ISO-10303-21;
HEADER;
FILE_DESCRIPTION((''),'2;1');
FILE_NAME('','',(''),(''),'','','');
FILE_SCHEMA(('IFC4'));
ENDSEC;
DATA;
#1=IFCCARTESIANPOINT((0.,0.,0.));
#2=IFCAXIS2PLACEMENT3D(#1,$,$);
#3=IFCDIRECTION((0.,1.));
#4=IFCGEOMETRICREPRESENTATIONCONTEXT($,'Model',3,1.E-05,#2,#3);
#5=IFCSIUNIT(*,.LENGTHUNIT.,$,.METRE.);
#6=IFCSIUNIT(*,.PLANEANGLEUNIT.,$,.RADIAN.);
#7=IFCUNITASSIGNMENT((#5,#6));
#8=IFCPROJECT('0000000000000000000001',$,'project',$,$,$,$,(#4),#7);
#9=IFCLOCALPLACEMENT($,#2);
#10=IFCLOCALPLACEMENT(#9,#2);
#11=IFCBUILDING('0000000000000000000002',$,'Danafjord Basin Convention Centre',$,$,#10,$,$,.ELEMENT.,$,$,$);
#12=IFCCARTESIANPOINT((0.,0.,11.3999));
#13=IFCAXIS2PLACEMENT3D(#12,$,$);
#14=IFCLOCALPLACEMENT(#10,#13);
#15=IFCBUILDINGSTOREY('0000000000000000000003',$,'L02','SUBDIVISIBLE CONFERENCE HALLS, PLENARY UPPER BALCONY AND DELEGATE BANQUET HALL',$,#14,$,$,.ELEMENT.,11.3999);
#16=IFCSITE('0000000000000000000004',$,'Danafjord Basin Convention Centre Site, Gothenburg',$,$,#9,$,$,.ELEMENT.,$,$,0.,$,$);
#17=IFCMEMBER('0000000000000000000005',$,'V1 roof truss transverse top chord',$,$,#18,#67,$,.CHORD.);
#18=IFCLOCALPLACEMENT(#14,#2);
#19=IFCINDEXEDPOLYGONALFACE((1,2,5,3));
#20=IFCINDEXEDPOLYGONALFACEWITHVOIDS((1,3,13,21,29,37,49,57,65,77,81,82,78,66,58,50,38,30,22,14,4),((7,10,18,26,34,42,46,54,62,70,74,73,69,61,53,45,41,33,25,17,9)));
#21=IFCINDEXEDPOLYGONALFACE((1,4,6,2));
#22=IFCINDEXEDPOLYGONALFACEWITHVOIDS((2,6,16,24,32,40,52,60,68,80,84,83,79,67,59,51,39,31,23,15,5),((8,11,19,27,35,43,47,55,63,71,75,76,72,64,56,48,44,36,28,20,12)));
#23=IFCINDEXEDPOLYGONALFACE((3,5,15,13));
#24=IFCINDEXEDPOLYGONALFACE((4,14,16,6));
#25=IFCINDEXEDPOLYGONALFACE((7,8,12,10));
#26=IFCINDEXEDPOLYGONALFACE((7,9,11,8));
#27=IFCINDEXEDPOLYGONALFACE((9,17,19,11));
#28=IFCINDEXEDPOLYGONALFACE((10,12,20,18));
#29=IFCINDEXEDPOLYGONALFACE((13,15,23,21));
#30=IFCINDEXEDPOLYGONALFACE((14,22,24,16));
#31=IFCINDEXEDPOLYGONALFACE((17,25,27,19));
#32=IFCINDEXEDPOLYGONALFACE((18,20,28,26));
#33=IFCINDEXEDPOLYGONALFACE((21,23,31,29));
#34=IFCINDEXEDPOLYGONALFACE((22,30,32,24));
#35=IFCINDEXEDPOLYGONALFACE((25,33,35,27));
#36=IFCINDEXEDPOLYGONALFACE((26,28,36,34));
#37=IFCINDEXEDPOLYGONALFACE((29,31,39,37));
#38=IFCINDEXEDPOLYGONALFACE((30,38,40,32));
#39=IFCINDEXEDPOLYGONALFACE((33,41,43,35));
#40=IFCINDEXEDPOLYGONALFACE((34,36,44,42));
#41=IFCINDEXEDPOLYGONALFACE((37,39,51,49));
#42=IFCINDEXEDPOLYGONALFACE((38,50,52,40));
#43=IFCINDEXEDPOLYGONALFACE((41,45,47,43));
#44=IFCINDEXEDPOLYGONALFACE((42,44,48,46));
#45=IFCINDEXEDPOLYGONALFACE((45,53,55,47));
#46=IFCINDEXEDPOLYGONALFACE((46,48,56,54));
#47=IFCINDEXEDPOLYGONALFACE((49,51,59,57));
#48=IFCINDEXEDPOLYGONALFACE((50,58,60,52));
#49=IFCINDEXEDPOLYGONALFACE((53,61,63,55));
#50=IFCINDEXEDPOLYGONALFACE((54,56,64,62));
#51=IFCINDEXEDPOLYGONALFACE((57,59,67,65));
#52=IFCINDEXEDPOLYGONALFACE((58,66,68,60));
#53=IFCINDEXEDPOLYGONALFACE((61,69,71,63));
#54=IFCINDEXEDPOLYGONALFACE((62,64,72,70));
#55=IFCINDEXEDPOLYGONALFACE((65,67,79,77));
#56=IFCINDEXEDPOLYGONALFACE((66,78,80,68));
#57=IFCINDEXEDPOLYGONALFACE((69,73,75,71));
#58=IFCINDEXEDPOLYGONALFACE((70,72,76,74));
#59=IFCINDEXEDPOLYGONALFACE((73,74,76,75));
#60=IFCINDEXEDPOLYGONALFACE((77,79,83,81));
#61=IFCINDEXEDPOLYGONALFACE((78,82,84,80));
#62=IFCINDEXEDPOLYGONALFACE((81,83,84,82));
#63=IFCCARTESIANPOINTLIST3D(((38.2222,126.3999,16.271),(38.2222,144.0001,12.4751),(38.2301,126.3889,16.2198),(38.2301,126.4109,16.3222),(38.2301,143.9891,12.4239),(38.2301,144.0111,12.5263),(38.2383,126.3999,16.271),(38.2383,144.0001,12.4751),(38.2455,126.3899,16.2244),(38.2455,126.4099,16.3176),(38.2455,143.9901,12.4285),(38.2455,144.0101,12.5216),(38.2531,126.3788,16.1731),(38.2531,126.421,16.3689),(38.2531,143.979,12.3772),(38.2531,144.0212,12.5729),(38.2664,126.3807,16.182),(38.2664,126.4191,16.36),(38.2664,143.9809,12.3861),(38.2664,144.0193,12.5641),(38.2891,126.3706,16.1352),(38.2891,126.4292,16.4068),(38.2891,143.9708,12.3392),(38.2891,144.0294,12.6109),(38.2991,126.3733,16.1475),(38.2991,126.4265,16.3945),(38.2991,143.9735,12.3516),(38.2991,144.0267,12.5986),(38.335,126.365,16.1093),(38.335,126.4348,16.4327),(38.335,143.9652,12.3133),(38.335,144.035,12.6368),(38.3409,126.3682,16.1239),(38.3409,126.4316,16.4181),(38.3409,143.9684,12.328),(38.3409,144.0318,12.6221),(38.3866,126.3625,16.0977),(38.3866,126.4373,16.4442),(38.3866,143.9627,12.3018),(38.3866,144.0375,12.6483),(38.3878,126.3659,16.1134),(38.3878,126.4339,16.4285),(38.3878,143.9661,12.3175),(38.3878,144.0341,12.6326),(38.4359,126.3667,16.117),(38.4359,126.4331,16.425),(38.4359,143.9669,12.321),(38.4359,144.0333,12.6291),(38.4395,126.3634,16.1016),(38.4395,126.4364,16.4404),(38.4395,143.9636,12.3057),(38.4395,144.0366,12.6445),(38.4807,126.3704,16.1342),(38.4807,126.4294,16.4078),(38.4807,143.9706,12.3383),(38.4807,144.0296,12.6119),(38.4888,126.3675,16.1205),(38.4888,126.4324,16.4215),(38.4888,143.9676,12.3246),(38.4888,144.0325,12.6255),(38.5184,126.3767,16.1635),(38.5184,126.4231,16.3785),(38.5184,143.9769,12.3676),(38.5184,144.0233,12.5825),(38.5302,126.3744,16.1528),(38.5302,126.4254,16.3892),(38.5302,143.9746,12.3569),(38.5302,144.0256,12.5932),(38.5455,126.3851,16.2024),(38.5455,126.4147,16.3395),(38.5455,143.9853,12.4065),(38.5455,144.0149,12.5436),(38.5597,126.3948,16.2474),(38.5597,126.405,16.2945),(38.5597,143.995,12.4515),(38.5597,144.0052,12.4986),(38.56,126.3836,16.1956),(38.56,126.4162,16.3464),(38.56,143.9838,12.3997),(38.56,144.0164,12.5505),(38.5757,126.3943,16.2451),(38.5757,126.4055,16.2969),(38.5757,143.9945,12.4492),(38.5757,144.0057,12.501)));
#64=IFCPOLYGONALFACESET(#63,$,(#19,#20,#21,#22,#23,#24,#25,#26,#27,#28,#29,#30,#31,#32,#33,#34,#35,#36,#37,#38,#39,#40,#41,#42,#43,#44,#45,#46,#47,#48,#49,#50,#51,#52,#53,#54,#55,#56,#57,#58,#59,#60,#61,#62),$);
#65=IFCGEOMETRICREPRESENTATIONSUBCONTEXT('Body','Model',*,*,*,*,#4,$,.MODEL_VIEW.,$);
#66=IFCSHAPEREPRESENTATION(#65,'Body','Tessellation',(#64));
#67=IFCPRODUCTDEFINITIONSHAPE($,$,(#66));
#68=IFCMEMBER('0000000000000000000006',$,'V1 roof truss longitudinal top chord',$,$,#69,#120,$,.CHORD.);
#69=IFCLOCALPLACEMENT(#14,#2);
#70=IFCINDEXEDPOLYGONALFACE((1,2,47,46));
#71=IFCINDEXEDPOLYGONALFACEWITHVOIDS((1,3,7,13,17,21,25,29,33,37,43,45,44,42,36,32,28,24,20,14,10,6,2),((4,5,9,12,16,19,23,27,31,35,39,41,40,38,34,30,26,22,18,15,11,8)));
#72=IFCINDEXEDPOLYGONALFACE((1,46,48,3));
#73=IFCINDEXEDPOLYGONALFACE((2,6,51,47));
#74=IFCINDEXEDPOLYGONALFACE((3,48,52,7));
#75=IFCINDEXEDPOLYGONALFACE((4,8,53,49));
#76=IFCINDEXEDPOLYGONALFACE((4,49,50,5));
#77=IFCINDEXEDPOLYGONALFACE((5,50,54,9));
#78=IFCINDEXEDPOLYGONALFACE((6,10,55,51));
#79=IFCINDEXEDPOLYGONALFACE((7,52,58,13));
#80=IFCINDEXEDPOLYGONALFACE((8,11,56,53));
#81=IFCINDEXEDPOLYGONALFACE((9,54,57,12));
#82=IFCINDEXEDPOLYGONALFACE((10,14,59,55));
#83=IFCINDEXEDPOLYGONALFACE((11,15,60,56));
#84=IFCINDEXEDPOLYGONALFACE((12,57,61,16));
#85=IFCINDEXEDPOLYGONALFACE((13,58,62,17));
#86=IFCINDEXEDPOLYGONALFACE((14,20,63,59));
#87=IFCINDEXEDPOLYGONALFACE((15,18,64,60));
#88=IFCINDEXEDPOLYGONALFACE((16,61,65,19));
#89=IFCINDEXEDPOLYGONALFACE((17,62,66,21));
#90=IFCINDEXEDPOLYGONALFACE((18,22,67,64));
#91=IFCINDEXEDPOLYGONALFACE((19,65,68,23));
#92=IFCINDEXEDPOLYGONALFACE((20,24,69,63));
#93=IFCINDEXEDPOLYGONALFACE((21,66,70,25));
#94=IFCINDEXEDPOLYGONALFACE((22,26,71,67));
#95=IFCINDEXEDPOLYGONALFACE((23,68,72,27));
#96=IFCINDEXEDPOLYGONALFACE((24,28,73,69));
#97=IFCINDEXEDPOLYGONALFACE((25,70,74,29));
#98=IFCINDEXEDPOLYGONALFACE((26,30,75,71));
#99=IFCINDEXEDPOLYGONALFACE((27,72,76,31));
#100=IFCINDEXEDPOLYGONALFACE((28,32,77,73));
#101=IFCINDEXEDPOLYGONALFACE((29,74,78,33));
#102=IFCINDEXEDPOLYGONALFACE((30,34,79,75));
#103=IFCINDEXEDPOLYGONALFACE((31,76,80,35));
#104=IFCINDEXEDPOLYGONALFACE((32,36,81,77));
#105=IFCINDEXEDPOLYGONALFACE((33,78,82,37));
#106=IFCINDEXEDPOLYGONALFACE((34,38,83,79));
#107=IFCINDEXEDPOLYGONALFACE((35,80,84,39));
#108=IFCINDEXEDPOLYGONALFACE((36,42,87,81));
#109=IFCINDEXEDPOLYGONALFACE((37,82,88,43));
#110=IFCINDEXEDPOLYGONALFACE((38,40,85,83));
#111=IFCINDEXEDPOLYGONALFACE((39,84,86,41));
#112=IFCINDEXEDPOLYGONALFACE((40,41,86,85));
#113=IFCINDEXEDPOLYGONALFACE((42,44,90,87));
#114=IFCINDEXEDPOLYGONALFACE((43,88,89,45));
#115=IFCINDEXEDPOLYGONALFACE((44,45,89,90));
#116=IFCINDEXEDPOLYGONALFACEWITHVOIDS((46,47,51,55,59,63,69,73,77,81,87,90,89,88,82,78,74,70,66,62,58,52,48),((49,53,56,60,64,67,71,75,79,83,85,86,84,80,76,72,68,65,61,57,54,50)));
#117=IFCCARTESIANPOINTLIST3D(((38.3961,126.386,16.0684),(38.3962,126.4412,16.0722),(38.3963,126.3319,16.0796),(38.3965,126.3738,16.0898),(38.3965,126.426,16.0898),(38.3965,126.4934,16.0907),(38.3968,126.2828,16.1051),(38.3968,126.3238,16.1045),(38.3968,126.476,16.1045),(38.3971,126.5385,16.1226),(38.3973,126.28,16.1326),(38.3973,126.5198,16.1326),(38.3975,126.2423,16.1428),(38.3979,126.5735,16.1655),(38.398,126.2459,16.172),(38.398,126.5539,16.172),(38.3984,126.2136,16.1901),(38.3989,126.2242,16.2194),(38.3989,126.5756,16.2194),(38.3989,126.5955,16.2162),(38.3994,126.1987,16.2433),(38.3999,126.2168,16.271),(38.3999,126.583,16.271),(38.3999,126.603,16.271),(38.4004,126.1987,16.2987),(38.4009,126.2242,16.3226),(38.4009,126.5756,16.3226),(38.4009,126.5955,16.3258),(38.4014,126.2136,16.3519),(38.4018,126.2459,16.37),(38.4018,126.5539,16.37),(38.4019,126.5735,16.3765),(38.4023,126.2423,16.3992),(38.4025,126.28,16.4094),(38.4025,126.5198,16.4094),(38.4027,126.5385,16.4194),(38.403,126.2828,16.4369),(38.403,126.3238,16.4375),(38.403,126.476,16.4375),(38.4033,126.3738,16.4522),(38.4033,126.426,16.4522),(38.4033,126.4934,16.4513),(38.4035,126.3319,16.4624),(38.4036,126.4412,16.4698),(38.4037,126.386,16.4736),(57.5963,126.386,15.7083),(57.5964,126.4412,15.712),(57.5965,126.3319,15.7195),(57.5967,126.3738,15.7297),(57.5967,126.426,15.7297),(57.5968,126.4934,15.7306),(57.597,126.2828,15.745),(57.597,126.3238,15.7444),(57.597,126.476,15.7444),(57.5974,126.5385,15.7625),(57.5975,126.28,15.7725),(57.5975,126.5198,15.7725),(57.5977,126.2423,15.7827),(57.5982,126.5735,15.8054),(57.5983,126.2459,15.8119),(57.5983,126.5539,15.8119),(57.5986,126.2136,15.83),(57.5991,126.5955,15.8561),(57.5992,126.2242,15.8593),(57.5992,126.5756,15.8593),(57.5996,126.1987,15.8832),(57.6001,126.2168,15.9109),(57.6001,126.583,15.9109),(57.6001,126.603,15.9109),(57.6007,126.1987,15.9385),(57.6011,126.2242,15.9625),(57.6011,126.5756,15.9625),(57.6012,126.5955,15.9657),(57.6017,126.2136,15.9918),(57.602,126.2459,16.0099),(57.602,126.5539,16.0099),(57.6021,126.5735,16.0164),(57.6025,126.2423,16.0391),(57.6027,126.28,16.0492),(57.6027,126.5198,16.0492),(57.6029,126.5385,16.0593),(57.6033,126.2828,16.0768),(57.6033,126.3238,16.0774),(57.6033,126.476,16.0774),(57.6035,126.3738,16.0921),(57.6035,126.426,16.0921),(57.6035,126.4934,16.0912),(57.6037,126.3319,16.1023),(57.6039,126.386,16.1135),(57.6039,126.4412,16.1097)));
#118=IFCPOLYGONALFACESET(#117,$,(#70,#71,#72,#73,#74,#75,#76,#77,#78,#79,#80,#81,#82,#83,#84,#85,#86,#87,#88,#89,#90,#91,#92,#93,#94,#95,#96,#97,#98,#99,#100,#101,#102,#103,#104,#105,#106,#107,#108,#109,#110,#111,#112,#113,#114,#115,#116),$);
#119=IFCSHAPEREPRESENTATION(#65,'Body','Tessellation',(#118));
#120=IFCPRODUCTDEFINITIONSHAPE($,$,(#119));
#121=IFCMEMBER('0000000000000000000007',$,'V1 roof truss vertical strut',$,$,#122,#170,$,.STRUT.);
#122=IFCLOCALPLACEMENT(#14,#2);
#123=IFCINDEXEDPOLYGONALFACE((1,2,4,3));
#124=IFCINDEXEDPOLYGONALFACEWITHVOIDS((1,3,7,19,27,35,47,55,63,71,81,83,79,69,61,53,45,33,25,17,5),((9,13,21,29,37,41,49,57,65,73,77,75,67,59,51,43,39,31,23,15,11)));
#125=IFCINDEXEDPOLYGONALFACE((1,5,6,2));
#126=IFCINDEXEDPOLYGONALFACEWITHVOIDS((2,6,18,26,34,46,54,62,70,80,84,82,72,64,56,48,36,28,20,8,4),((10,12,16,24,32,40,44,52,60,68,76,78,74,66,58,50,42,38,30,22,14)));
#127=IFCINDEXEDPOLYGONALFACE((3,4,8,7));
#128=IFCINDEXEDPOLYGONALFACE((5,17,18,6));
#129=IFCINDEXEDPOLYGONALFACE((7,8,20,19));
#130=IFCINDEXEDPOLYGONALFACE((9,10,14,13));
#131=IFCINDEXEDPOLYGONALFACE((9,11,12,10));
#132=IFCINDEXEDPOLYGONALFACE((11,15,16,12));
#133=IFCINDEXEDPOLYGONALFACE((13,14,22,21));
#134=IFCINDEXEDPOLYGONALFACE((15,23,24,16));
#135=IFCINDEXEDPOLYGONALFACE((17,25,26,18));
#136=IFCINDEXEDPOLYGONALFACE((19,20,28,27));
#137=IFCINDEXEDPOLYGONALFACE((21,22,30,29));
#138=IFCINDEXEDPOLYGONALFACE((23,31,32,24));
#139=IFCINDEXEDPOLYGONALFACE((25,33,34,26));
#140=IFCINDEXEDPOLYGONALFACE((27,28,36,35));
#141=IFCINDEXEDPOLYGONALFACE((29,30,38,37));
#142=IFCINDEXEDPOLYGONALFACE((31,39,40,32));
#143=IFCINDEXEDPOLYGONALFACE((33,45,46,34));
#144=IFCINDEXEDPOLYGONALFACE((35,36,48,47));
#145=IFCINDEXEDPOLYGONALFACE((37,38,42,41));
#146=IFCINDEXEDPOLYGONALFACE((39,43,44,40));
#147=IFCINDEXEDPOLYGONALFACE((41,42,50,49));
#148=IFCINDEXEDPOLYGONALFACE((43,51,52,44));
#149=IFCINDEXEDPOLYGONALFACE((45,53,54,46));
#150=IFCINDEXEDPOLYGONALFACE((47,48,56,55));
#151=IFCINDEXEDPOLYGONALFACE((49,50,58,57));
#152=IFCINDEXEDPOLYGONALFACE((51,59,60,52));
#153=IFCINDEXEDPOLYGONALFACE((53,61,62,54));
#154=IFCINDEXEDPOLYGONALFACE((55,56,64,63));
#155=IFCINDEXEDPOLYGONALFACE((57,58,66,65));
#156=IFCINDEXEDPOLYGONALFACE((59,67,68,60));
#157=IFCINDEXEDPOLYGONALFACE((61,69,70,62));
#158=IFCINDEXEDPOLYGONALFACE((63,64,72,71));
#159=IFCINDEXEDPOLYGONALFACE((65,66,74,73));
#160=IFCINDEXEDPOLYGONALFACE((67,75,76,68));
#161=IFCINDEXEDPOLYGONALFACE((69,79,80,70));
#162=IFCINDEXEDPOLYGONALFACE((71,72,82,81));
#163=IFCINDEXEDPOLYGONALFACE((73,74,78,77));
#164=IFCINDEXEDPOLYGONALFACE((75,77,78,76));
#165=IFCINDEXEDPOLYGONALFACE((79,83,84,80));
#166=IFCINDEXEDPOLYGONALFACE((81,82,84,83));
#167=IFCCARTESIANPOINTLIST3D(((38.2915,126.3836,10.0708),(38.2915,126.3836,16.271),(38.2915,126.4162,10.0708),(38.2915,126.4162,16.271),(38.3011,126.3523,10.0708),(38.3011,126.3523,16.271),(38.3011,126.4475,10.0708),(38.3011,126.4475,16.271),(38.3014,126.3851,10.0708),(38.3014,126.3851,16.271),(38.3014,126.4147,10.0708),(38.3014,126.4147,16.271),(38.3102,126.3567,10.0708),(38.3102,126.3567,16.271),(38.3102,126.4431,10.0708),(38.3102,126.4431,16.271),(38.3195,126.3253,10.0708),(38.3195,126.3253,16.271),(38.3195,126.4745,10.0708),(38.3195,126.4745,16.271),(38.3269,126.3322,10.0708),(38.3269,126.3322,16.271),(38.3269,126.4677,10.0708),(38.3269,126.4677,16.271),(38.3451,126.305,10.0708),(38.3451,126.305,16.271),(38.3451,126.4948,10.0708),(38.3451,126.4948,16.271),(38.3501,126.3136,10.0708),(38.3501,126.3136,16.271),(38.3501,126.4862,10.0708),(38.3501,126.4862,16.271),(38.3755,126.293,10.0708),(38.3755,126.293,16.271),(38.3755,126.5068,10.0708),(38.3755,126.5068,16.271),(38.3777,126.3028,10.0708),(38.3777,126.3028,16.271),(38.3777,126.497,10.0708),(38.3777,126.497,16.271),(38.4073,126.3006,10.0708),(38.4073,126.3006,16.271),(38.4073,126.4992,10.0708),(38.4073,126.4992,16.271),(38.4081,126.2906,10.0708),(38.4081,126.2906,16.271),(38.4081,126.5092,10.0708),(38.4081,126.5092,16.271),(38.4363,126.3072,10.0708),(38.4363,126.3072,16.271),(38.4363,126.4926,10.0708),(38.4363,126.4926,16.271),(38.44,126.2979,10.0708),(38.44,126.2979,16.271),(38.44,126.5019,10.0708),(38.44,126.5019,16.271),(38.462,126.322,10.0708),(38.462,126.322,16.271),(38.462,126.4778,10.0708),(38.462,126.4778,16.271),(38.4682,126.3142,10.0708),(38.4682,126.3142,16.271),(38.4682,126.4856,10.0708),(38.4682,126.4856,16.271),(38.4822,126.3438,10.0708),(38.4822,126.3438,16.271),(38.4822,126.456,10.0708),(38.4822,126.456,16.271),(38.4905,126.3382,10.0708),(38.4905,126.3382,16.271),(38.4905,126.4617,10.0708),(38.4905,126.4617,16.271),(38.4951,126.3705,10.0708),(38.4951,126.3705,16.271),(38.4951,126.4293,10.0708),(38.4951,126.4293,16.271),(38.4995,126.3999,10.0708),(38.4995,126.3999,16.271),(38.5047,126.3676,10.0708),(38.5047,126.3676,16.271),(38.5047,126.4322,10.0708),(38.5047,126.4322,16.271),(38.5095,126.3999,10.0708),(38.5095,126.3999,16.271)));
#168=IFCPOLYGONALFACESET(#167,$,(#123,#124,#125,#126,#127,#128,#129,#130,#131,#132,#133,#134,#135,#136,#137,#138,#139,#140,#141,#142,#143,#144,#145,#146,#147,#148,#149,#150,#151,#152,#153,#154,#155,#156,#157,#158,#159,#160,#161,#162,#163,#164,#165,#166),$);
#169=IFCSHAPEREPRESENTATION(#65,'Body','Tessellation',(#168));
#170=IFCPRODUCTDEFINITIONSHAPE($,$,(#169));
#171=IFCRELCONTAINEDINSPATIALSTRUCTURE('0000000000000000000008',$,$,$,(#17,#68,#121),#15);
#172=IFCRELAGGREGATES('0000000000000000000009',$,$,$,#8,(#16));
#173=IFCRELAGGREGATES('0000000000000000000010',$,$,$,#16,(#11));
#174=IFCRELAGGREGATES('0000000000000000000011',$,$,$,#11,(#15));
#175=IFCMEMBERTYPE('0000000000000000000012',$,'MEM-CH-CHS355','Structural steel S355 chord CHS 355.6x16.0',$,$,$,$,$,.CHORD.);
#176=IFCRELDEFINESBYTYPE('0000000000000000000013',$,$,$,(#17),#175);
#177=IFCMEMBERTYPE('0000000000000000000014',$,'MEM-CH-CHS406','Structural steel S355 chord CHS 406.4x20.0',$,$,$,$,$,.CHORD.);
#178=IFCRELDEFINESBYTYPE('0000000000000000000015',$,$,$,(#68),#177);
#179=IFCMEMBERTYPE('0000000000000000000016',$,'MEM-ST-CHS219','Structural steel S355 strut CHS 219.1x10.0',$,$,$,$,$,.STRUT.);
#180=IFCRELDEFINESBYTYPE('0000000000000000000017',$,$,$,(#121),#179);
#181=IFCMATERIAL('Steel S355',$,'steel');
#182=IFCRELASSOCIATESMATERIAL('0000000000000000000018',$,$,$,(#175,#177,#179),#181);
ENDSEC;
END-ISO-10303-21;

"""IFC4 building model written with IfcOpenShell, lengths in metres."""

from ifc_helpers import new_model, si_unit, direction, frame, origin, origin_2d, place, context, subcontext, project, spatial, hollow_circle, extrude, material, material_profile, profile_set, type_object, element, save


model = new_model("IFC4")

# Units and contexts
model_context = context("Model", 3, precision=1e-05, world=origin(), true_north=direction((0.0, 1.0)))
body_context = subcontext(model_context, "Body", "Model", "MODEL_VIEW")
ifc_project = project(units=[si_unit("LENGTHUNIT", "METRE"), si_unit("PLANEANGLEUNIT", "RADIAN")], contexts=[model_context])

# Site, building, storey
site_placement = place(None, origin())
site = spatial("IfcSite", under=ifc_project, at=site_placement, Name="Danafjord Basin Convention Centre Site, Gothenburg", CompositionType="ELEMENT", RefElevation=0.0)
building_placement = place(site_placement, origin())
building = spatial("IfcBuilding", under=site, at=building_placement, Name="Danafjord Basin Convention Centre", CompositionType="ELEMENT")
storey_placement = place(building_placement, frame((0.0, 0.0, 11.3999)))
storey = spatial("IfcBuildingStorey", under=building, at=storey_placement, Name="L02", Description="SUBDIVISIBLE CONFERENCE HALLS, PLENARY UPPER BALCONY AND DELEGATE BANQUET HALL", CompositionType="ELEMENT", Elevation=11.3999)

# Shared definitions
ifc_material_1 = material(Name="Steel S355", Category="steel")

# Members
ifc_material_profile_1 = material_profile(ifc_material_1, hollow_circle(Radius=0.1777, WallThickness=0.0161, at=origin_2d()), Name="CHS 355.6x16.0")
ifc_profile_set_1 = profile_set([ifc_material_profile_1], Name="Steel S355")
member_type_1 = type_object("IfcMemberType", Name="MEM-CH-CHS355", Description="Structural steel S355 chord CHS 355.6x16.0", PredefinedType="CHORD", material=ifc_profile_set_1)
member_1_placement = place(storey_placement, frame((38.3999, 126.3999, 16.271), z_axis=(0.0, 0.977523, -0.210827), x_axis=(-1.0, 0.0, 0.0)))
element("IfcMember", 1, at=member_1_placement, inside=storey, type_object=member_type_1, Name="V1 roof truss transverse top chord", PredefinedType="CHORD", context=body_context, shape_type="SweptSolid", body=[
    extrude(hollow_circle(Radius=0.1777, WallThickness=0.0161, at=origin_2d()), origin(), (0.0, 0.0, 1.0), 18.0049),
])
ifc_material_profile_2 = material_profile(ifc_material_1, hollow_circle(Radius=0.2031, WallThickness=0.02, at=origin_2d()), Name="CHS 406.4x20.0")
ifc_profile_set_2 = profile_set([ifc_material_profile_2], Name="Steel S355")
member_type_2 = type_object("IfcMemberType", Name="MEM-CH-CHS406", Description="Structural steel S355 chord CHS 406.4x20.0", PredefinedType="CHORD", material=ifc_profile_set_2)
member_2_placement = place(storey_placement, frame((38.3999, 126.3999, 16.271), z_axis=(0.999824, 0.0, -0.018752), x_axis=(0.0, 1.0, 0.0)))
element("IfcMember", 2, at=member_2_placement, inside=storey, type_object=member_type_2, Name="V1 roof truss longitudinal top chord", PredefinedType="CHORD", context=body_context, shape_type="SweptSolid", body=[
    extrude(hollow_circle(Radius=0.2031, WallThickness=0.02, at=origin_2d()), origin(), (0.0, 0.0, 1.0), 19.2036),
])
ifc_material_profile_3 = material_profile(ifc_material_1, hollow_circle(Radius=0.1096, WallThickness=0.01, at=origin_2d()), Name="CHS 219.1x10.0")
ifc_profile_set_3 = profile_set([ifc_material_profile_3], Name="Steel S355")
member_type_3 = type_object("IfcMemberType", Name="MEM-ST-CHS219", Description="Structural steel S355 strut CHS 219.1x10.0", PredefinedType="STRUT", material=ifc_profile_set_3)
member_3_placement = place(storey_placement, frame((38.3999, 126.3999, 10.0708), z_axis=(0.0, 0.0, 1.0), x_axis=(1.0, 0.0, 0.0)))
element("IfcMember", 3, at=member_3_placement, inside=storey, type_object=member_type_3, Name="V1 roof truss vertical strut", PredefinedType="STRUT", context=body_context, shape_type="SweptSolid", body=[
    extrude(hollow_circle(Radius=0.1096, WallThickness=0.01, at=origin_2d()), origin(), (0.0, 0.0, 1.0), 6.2002),
])

save(model, "model.ifc")
